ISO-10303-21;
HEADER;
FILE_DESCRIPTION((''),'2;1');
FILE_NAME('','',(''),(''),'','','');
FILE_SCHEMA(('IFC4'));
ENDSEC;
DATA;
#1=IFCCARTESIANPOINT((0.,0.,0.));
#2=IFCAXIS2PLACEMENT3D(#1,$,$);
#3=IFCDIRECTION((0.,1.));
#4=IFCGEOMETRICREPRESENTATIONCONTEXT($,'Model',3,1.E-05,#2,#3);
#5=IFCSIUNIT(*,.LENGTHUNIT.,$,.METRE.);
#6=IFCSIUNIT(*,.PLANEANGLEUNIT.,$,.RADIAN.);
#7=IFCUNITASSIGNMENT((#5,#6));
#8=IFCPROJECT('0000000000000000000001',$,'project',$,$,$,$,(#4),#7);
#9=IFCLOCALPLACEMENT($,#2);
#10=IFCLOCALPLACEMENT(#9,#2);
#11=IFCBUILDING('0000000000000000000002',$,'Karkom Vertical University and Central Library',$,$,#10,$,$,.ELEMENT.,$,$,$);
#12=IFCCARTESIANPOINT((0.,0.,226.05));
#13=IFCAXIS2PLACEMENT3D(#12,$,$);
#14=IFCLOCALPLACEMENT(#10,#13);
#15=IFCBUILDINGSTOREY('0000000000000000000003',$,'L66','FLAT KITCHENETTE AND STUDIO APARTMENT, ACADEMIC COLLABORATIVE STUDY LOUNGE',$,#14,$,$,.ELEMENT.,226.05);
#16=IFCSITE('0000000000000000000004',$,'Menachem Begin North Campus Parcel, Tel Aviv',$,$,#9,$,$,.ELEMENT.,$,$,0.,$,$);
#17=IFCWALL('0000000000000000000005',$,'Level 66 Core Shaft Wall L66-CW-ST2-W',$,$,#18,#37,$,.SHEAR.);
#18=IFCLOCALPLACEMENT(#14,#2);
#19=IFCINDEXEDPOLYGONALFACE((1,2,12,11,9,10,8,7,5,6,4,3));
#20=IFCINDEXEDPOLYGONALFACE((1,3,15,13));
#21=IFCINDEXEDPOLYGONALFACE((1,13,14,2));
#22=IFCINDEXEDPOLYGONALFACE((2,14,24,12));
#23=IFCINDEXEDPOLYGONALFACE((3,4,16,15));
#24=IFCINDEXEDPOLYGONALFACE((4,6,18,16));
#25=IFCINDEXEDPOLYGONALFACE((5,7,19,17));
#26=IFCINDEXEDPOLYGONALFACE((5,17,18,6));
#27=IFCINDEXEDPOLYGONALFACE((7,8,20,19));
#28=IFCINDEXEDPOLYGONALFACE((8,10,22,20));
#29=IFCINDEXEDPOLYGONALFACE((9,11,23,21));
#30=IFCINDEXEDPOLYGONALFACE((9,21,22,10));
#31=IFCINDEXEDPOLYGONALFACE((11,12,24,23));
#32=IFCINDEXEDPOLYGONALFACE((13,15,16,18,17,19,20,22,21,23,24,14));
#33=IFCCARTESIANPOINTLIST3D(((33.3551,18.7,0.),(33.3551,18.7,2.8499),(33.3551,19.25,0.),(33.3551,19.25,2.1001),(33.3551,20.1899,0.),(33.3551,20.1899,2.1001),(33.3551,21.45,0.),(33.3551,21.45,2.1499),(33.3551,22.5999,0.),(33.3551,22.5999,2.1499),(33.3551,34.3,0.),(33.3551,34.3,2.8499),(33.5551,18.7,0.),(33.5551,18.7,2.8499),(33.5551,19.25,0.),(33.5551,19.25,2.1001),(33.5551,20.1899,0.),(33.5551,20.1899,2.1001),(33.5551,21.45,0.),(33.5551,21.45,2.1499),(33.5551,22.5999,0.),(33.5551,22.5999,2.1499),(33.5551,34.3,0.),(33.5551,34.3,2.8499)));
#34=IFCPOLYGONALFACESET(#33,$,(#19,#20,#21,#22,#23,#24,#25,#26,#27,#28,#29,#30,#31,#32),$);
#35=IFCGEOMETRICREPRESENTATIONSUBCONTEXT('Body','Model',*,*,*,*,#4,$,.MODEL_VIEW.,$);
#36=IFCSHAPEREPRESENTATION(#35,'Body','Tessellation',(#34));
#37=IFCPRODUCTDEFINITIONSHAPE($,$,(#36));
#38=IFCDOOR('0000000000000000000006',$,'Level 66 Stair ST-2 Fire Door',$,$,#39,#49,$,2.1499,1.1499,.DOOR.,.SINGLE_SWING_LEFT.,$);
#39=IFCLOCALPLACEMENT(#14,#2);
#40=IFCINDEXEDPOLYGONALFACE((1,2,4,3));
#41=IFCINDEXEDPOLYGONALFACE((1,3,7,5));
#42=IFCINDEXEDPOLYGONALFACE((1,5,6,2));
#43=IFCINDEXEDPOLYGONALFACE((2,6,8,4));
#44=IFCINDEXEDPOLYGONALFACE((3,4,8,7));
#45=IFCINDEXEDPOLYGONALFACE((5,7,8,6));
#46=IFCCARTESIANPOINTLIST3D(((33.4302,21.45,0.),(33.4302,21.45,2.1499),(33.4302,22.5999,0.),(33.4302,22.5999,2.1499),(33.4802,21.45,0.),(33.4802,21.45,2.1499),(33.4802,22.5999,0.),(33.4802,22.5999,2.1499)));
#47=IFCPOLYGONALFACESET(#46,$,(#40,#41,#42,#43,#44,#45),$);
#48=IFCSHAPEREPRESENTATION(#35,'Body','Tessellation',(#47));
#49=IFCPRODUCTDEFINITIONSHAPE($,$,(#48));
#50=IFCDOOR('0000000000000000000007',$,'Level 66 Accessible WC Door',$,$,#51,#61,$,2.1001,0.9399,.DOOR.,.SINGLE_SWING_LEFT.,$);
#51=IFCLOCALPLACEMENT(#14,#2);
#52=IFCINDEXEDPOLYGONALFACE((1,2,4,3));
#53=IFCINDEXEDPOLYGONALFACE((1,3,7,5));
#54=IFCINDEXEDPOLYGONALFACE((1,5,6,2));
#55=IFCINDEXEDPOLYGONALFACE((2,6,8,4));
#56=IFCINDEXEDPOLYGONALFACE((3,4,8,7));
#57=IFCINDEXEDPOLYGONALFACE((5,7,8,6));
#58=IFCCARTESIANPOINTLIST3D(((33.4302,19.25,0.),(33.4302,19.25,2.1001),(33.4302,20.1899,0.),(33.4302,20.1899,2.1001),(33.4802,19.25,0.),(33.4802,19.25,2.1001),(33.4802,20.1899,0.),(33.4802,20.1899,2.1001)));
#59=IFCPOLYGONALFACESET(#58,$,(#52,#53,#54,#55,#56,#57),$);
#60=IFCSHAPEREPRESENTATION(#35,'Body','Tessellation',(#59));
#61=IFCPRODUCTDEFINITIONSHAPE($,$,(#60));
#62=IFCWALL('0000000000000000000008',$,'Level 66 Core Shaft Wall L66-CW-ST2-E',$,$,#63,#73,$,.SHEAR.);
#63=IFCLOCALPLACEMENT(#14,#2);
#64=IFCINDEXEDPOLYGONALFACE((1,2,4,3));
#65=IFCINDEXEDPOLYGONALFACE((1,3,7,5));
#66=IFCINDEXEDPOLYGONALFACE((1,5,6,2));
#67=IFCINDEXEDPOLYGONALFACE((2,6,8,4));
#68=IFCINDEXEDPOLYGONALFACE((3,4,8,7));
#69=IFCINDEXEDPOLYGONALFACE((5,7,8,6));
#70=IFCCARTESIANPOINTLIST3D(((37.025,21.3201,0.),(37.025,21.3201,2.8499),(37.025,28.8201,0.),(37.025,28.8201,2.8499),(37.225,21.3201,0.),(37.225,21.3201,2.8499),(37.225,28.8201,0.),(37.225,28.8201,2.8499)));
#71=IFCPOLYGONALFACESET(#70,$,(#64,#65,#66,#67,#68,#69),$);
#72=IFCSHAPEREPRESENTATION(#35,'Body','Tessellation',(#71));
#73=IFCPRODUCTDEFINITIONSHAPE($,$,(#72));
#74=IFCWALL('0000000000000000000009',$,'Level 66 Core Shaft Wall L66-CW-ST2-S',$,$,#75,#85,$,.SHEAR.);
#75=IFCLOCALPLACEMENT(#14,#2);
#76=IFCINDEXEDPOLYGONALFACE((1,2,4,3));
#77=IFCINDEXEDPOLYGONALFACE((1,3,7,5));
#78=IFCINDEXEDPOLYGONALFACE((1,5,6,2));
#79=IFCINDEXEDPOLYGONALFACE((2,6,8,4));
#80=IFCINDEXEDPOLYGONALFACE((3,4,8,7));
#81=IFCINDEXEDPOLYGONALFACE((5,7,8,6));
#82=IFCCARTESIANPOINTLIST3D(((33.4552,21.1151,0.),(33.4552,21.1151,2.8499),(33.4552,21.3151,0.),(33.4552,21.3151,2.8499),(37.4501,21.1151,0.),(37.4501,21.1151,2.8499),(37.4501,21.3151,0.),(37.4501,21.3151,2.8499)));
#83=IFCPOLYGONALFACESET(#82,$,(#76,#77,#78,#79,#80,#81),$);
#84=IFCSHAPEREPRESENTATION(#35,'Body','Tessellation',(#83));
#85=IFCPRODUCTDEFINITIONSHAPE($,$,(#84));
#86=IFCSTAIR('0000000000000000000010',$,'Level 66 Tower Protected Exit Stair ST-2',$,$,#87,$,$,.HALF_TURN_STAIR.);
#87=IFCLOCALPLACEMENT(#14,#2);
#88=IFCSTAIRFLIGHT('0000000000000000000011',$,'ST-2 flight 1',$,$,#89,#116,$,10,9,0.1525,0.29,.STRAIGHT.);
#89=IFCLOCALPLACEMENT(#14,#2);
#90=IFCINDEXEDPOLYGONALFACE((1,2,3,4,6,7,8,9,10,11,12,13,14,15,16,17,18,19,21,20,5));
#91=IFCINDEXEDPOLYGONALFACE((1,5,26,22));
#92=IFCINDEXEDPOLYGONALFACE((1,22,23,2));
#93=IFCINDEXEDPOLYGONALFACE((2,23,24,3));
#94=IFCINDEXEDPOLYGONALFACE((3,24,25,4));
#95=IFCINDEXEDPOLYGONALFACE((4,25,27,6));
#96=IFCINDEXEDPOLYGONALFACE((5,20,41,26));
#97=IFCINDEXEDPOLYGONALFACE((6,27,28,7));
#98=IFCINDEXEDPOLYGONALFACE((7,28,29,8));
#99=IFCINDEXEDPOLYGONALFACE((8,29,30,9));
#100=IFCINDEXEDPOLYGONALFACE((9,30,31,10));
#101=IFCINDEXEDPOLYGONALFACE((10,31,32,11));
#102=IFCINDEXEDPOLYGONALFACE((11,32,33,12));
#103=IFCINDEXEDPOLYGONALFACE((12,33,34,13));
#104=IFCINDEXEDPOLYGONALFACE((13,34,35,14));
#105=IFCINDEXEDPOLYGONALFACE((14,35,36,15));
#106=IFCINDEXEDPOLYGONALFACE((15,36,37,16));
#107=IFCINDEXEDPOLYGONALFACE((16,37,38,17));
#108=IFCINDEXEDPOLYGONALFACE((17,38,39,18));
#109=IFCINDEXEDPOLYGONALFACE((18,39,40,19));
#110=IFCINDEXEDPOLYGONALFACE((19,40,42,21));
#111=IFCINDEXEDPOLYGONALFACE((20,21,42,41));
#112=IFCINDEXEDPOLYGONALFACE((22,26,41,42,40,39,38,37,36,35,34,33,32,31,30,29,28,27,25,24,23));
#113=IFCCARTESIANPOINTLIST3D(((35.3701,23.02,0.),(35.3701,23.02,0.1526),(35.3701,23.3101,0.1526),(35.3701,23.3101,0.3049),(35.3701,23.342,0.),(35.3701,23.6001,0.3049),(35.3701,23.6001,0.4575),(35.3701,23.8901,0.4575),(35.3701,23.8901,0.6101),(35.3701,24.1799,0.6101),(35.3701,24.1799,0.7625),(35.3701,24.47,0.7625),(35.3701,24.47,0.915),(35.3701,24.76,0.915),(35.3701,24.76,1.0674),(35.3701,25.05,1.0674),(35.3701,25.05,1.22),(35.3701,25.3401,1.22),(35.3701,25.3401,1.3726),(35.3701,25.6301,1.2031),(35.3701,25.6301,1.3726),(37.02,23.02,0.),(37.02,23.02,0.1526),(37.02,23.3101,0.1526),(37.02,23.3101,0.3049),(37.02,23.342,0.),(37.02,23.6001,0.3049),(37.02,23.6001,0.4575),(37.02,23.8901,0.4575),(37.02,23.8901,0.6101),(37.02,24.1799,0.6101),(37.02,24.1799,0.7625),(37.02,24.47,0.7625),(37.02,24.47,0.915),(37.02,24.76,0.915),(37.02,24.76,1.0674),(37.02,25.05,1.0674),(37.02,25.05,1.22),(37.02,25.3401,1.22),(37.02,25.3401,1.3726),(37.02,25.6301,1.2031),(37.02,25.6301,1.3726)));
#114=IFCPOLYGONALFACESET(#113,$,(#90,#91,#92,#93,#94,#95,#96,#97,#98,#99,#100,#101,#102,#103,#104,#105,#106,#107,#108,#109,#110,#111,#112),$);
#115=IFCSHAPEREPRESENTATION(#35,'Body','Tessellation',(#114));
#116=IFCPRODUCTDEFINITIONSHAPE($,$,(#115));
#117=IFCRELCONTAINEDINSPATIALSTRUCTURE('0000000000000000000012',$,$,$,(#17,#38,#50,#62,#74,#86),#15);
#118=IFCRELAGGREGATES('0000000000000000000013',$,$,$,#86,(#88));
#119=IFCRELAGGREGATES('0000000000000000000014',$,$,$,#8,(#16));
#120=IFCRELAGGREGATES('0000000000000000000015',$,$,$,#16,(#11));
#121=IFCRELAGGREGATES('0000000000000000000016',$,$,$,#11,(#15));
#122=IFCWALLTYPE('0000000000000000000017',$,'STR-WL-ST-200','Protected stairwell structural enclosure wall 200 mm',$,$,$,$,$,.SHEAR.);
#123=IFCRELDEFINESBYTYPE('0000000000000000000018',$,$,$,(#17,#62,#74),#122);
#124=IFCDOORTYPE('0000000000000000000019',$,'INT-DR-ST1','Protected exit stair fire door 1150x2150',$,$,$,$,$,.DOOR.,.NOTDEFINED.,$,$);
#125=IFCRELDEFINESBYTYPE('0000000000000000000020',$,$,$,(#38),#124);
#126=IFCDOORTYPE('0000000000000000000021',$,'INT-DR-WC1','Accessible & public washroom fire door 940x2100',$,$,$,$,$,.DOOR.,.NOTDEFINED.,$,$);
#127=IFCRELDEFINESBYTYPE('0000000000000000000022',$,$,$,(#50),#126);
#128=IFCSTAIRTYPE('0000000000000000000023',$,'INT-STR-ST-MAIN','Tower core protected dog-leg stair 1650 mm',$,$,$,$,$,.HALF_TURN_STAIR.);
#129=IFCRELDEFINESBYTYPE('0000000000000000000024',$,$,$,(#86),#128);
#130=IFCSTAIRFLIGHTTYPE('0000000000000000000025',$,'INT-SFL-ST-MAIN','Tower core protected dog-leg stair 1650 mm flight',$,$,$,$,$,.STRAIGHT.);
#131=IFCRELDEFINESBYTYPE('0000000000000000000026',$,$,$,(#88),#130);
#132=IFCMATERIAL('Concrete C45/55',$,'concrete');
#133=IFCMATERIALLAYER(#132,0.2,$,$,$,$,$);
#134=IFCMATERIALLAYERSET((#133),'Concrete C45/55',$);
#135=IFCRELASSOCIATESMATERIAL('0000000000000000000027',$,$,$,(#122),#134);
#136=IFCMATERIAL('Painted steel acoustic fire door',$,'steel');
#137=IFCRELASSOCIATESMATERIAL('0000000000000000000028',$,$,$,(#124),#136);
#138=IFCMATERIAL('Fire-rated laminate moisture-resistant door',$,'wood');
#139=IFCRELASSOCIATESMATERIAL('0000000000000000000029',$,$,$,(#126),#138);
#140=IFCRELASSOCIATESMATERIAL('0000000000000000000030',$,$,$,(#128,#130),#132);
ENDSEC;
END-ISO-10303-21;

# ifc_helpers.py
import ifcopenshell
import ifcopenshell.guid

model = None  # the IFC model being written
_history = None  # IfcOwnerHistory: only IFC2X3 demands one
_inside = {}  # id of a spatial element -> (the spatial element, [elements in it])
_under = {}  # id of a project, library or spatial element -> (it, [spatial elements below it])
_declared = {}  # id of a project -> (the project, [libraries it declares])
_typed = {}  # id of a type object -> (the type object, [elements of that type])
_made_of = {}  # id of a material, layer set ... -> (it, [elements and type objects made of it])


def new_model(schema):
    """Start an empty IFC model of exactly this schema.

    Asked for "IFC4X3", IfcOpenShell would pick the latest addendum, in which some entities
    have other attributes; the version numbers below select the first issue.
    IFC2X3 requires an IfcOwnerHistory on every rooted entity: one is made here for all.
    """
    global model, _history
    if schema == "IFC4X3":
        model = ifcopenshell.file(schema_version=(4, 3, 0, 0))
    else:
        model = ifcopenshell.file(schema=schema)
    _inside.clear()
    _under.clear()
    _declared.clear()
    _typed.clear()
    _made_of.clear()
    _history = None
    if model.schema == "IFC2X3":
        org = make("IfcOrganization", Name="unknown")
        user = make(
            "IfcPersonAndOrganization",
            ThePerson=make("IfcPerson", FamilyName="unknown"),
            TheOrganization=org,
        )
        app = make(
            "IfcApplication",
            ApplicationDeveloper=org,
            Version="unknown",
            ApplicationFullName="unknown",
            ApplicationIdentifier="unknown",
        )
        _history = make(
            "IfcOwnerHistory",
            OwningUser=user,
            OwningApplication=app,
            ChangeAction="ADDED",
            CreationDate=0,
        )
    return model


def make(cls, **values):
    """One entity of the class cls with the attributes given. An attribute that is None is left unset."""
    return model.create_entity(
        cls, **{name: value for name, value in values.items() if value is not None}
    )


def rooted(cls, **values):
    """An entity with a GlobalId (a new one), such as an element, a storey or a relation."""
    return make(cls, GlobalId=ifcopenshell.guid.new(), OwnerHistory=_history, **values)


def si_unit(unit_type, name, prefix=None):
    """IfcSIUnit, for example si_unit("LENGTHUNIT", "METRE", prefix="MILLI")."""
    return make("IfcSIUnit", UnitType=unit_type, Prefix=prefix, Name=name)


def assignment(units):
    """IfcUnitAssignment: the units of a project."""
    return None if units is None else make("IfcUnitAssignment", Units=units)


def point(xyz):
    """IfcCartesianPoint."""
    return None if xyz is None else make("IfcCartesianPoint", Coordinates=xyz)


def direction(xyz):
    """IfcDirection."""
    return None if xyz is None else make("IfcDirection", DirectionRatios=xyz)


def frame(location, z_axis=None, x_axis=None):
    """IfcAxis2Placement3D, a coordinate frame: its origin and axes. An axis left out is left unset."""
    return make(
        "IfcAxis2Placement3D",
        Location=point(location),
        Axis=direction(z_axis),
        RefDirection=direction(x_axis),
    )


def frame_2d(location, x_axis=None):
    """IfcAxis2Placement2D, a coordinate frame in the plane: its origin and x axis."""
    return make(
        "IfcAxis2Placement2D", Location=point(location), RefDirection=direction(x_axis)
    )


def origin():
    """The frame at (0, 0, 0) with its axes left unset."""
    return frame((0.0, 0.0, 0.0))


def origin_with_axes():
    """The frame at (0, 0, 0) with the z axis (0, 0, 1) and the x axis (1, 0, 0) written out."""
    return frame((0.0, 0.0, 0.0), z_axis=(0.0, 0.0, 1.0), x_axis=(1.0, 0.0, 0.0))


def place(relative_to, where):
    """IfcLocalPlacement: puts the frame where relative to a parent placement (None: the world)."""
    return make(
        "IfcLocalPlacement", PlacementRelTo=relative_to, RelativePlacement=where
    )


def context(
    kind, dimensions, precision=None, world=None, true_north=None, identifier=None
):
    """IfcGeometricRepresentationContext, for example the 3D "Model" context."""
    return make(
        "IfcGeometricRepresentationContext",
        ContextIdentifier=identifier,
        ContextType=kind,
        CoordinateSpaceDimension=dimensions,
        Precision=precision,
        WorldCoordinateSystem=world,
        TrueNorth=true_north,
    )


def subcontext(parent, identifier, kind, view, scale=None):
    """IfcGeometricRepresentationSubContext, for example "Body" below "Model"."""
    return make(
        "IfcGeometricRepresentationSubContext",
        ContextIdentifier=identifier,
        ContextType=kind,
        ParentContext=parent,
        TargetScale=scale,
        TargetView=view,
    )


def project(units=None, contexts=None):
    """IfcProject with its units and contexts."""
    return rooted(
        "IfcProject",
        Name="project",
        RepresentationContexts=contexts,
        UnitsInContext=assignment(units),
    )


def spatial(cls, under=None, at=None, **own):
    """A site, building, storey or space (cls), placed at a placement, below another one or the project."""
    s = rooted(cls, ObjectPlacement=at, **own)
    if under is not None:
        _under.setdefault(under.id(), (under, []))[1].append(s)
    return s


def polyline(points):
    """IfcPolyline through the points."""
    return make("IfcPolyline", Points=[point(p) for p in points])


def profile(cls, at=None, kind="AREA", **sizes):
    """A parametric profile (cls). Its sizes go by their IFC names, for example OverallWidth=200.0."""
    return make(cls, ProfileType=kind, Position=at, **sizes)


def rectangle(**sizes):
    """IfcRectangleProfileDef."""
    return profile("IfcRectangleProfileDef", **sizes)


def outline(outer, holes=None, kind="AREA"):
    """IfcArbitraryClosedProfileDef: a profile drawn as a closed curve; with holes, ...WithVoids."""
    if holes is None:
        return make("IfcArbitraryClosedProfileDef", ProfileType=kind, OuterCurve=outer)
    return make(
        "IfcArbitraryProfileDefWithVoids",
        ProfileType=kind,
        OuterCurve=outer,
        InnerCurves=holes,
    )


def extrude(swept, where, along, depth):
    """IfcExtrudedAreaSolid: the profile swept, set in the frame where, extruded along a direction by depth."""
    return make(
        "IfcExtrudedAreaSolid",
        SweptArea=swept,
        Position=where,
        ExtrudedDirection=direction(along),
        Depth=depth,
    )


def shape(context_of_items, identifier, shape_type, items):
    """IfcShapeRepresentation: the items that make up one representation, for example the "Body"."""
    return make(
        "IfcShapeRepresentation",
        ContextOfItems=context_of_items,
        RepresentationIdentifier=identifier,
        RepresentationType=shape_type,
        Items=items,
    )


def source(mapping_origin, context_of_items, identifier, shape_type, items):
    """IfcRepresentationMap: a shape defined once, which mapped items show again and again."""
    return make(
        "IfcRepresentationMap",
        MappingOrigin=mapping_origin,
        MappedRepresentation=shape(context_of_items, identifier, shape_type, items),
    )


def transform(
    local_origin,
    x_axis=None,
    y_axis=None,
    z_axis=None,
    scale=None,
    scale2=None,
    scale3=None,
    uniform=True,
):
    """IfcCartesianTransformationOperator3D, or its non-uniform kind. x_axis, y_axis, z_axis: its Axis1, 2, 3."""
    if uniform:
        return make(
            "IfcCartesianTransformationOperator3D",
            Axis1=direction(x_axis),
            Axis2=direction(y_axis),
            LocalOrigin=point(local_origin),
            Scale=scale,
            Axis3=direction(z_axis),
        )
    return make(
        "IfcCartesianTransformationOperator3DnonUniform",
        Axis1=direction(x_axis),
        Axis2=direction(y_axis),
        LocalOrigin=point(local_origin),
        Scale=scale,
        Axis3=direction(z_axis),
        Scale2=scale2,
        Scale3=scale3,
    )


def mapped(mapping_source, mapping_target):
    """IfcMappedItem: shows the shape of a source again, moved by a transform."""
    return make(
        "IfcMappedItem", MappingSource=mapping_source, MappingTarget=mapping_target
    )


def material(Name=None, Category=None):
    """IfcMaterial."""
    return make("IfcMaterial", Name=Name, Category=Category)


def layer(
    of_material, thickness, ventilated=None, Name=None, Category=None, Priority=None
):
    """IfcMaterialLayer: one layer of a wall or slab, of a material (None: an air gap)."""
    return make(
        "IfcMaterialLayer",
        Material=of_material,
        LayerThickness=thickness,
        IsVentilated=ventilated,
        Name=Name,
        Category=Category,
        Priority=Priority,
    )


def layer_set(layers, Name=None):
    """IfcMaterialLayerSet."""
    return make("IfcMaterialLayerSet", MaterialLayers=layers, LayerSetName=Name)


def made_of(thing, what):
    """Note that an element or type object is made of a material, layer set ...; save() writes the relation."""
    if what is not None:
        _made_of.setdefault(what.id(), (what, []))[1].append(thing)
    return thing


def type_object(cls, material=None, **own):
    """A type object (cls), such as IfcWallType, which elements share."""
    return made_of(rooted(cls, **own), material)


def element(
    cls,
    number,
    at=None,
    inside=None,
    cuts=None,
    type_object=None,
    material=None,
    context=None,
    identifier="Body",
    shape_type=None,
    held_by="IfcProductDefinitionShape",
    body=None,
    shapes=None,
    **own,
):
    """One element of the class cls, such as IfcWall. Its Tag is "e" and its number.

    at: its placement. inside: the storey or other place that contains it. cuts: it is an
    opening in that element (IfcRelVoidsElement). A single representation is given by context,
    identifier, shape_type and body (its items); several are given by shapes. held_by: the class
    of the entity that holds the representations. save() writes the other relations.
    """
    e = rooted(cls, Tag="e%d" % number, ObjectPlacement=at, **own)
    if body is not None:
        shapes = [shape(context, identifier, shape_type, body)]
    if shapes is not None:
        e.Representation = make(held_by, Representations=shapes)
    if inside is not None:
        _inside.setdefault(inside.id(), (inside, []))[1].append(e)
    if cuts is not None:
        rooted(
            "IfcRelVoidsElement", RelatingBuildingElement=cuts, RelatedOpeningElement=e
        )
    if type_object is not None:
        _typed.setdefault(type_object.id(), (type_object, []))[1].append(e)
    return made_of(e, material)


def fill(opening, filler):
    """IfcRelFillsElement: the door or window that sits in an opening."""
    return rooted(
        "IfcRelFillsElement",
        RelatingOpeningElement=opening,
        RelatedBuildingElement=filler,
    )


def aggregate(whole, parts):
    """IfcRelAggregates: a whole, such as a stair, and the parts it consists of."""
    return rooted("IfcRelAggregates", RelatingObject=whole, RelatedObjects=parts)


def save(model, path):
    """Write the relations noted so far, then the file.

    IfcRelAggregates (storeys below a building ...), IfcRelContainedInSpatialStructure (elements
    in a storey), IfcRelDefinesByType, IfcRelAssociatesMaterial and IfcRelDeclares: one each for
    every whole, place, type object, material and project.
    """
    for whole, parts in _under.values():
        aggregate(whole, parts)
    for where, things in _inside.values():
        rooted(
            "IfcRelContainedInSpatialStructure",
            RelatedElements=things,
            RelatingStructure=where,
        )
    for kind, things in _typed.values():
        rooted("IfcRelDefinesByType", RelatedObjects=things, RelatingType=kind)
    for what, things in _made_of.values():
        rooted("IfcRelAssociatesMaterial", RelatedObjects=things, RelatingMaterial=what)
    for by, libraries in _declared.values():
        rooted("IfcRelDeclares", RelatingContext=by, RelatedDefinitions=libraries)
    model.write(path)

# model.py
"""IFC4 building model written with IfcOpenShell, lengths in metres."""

from ifc_helpers import new_model, si_unit, direction, frame, frame_2d, origin, origin_with_axes, place, context, subcontext, project, spatial, polyline, rectangle, outline, extrude, source, transform, mapped, material, layer, layer_set, type_object, element, fill, aggregate, save


model = new_model("IFC4")

# Units and contexts
model_context = context("Model", 3, precision=1e-05, world=origin(), true_north=direction((0.0, 1.0)))
body_context = subcontext(model_context, "Body", "Model", "MODEL_VIEW")
ifc_project = project(units=[si_unit("LENGTHUNIT", "METRE"), si_unit("PLANEANGLEUNIT", "RADIAN")], contexts=[model_context])

# Site, building, storey
site_placement = place(None, origin())
site = spatial("IfcSite", under=ifc_project, at=site_placement, Name="Menachem Begin North Campus Parcel, Tel Aviv", CompositionType="ELEMENT", RefElevation=0.0)
building_placement = place(site_placement, origin())
building = spatial("IfcBuilding", under=site, at=building_placement, Name="Karkom Vertical University and Central Library", CompositionType="ELEMENT")
storey_placement = place(building_placement, frame((0.0, 0.0, 226.05)))
storey = spatial("IfcBuildingStorey", under=building, at=storey_placement, Name="L66", Description="FLAT KITCHENETTE AND STUDIO APARTMENT, ACADEMIC COLLABORATIVE STUDY LOUNGE", CompositionType="ELEMENT", Elevation=226.05)

# Shared definitions
ifc_material_1 = material(Name="Concrete C45/55", Category="concrete")

# Wall, openings, doors
ifc_layer_1 = layer(ifc_material_1, 0.2)
ifc_layer_set_1 = layer_set([ifc_layer_1], Name="Concrete C45/55")
wall_type_1 = type_object("IfcWallType", Name="STR-WL-ST-200", Description="Protected stairwell structural enclosure wall 200 mm", PredefinedType="SHEAR", material=ifc_layer_set_1)
wall_1_placement = place(storey_placement, frame((33.4551, 18.7, 0.0), z_axis=(0.0, 0.0, 1.0), x_axis=(0.0, 1.0, 0.0)))
wall_1 = element("IfcWall", 1, at=wall_1_placement, inside=storey, type_object=wall_type_1, Name="Level 66 Core Shaft Wall L66-CW-ST2-W", PredefinedType="SHEAR", context=body_context, shape_type="SweptSolid", body=[
    extrude(rectangle(XDim=15.6001, YDim=0.2, at=frame_2d((7.8, 0.0))), origin(), (0.0, 0.0, 1.0), 2.8499),
])
opening_1_placement = place(wall_1_placement, frame((2.75, 0.0, 0.0)))
opening_1 = element("IfcOpeningElement", 2, at=opening_1_placement, cuts=wall_1, PredefinedType="OPENING", context=body_context, shape_type="SweptSolid", body=[
    extrude(rectangle(XDim=1.1499, YDim=2.1499, at=frame_2d((0.575, 1.075))), frame((0.0, 0.1099, 0.0), z_axis=(0.0, -1.0, 0.0), x_axis=(1.0, 0.0, 0.0)), (0.0, 0.0, 1.0), 0.22),
])
opening_2_placement = place(wall_1_placement, frame((0.55, 0.0, 0.0)))
opening_2 = element("IfcOpeningElement", 3, at=opening_2_placement, cuts=wall_1, PredefinedType="OPENING", context=body_context, shape_type="SweptSolid", body=[
    extrude(rectangle(XDim=0.9399, YDim=2.1001, at=frame_2d((0.47, 1.05))), frame((0.0, 0.1099, 0.0), z_axis=(0.0, -1.0, 0.0), x_axis=(1.0, 0.0, 0.0)), (0.0, 0.0, 1.0), 0.22),
])
ifc_material_2 = material(Name="Painted steel acoustic fire door", Category="steel")
door_type_1 = type_object("IfcDoorType", Name="INT-DR-ST1", Description="Protected exit stair fire door 1150x2150", OperationType="NOTDEFINED", PredefinedType="DOOR", material=ifc_material_2)
shared_shape_1 = source(origin_with_axes(), body_context, "Body", "SweptSolid", [
    extrude(rectangle(XDim=1.1499, YDim=2.1499, at=frame_2d((0.575, 1.075))), frame((0.0, 0.0249, 0.0), z_axis=(0.0, -1.0, 0.0), x_axis=(1.0, 0.0, 0.0)), (0.0, 0.0, 1.0), 0.05),
])
door_1_placement = place(opening_1_placement, origin())
door_1 = element("IfcDoor", 4, at=door_1_placement, inside=storey, type_object=door_type_1, Name="Level 66 Stair ST-2 Fire Door", OperationType="SINGLE_SWING_LEFT", OverallHeight=2.1499, OverallWidth=1.1499, PredefinedType="DOOR", context=body_context, shape_type="MappedRepresentation", body=[
    mapped(shared_shape_1, transform((0.0, 0.0, 0.0), scale=1.0)),
])
fill(opening_1, door_1)
ifc_material_3 = material(Name="Fire-rated laminate moisture-resistant door", Category="wood")
door_type_2 = type_object("IfcDoorType", Name="INT-DR-WC1", Description="Accessible & public washroom fire door 940x2100", OperationType="NOTDEFINED", PredefinedType="DOOR", material=ifc_material_3)
shared_shape_2 = source(origin_with_axes(), body_context, "Body", "SweptSolid", [
    extrude(rectangle(XDim=0.9399, YDim=2.1001, at=frame_2d((0.47, 1.05))), frame((0.0, 0.0249, 0.0), z_axis=(0.0, -1.0, 0.0), x_axis=(1.0, 0.0, 0.0)), (0.0, 0.0, 1.0), 0.05),
])
door_2_placement = place(opening_2_placement, origin())
door_2 = element("IfcDoor", 5, at=door_2_placement, inside=storey, type_object=door_type_2, Name="Level 66 Accessible WC Door", OperationType="SINGLE_SWING_LEFT", OverallHeight=2.1001, OverallWidth=0.9399, PredefinedType="DOOR", context=body_context, shape_type="MappedRepresentation", body=[
    mapped(shared_shape_2, transform((0.0, 0.0, 0.0), scale=1.0)),
])
fill(opening_2, door_2)

# Walls
wall_2_placement = place(storey_placement, frame((37.125, 21.3201, 0.0), z_axis=(0.0, 0.0, 1.0), x_axis=(0.0, 1.0, 0.0)))
element("IfcWall", 6, at=wall_2_placement, inside=storey, type_object=wall_type_1, Name="Level 66 Core Shaft Wall L66-CW-ST2-E", PredefinedType="SHEAR", context=body_context, shape_type="SweptSolid", body=[
    extrude(rectangle(XDim=7.5, YDim=0.2, at=frame_2d((3.75, 0.0))), origin(), (0.0, 0.0, 1.0), 2.8499),
])
wall_3_placement = place(storey_placement, frame((33.4551, 21.2151, 0.0), z_axis=(0.0, 0.0, 1.0), x_axis=(1.0, 0.0, 0.0)))
element("IfcWall", 7, at=wall_3_placement, inside=storey, type_object=wall_type_1, Name="Level 66 Core Shaft Wall L66-CW-ST2-S", PredefinedType="SHEAR", context=body_context, shape_type="SweptSolid", body=[
    extrude(rectangle(XDim=3.9949, YDim=0.2, at=frame_2d((1.9976, 0.0))), origin(), (0.0, 0.0, 1.0), 2.8499),
])

# Stair, stair flight
stair_type = type_object("IfcStairType", Name="INT-STR-ST-MAIN", Description="Tower core protected dog-leg stair 1650 mm", PredefinedType="HALF_TURN_STAIR", material=ifc_material_1)
stair_placement = place(storey_placement, origin())
stair = element("IfcStair", 8, at=stair_placement, inside=storey, type_object=stair_type, Name="Level 66 Tower Protected Exit Stair ST-2", PredefinedType="HALF_TURN_STAIR")
stair_flight_type = type_object("IfcStairFlightType", Name="INT-SFL-ST-MAIN", Description="Tower core protected dog-leg stair 1650 mm flight", PredefinedType="STRAIGHT", material=ifc_material_1)
stair_flight_placement = place(storey_placement, frame((36.1951, 23.02, 0.0), z_axis=(0.0, 0.0, 1.0), x_axis=(0.0, 1.0, 0.0)))
stair_flight = element("IfcStairFlight", 9, at=stair_flight_placement, type_object=stair_flight_type, Name="ST-2 flight 1", NumberOfRisers=10, NumberOfTreads=9, PredefinedType="STRAIGHT", RiserHeight=0.1525, TreadLength=0.29, context=body_context, shape_type="SweptSolid", body=[
    extrude(outline(polyline([(0.0, 0.0), (0.0, 0.1526), (0.29, 0.1526), (0.29, 0.3049), (0.5801, 0.3049), (0.5801, 0.4575), (0.8701, 0.4575), (0.8701, 0.6101), (1.1599, 0.6101), (1.1599, 0.7625), (1.45, 0.7625), (1.45, 0.915), (1.74, 0.915), (1.74, 1.0674), (2.03, 1.0674), (2.03, 1.22), (2.3201, 1.22), (2.3201, 1.3726), (2.6101, 1.3726), (2.6101, 1.5249), (2.6101, 1.2031), (0.322, 0.0), (0.0, 0.0)])), frame((0.0, 0.825, 0.0), z_axis=(0.0, -1.0, 0.0), x_axis=(1.0, 0.0, 0.0)), (0.0, 0.0, 1.0), 1.6499),
])
aggregate(stair, [stair_flight])

save(model, "model.ifc")
